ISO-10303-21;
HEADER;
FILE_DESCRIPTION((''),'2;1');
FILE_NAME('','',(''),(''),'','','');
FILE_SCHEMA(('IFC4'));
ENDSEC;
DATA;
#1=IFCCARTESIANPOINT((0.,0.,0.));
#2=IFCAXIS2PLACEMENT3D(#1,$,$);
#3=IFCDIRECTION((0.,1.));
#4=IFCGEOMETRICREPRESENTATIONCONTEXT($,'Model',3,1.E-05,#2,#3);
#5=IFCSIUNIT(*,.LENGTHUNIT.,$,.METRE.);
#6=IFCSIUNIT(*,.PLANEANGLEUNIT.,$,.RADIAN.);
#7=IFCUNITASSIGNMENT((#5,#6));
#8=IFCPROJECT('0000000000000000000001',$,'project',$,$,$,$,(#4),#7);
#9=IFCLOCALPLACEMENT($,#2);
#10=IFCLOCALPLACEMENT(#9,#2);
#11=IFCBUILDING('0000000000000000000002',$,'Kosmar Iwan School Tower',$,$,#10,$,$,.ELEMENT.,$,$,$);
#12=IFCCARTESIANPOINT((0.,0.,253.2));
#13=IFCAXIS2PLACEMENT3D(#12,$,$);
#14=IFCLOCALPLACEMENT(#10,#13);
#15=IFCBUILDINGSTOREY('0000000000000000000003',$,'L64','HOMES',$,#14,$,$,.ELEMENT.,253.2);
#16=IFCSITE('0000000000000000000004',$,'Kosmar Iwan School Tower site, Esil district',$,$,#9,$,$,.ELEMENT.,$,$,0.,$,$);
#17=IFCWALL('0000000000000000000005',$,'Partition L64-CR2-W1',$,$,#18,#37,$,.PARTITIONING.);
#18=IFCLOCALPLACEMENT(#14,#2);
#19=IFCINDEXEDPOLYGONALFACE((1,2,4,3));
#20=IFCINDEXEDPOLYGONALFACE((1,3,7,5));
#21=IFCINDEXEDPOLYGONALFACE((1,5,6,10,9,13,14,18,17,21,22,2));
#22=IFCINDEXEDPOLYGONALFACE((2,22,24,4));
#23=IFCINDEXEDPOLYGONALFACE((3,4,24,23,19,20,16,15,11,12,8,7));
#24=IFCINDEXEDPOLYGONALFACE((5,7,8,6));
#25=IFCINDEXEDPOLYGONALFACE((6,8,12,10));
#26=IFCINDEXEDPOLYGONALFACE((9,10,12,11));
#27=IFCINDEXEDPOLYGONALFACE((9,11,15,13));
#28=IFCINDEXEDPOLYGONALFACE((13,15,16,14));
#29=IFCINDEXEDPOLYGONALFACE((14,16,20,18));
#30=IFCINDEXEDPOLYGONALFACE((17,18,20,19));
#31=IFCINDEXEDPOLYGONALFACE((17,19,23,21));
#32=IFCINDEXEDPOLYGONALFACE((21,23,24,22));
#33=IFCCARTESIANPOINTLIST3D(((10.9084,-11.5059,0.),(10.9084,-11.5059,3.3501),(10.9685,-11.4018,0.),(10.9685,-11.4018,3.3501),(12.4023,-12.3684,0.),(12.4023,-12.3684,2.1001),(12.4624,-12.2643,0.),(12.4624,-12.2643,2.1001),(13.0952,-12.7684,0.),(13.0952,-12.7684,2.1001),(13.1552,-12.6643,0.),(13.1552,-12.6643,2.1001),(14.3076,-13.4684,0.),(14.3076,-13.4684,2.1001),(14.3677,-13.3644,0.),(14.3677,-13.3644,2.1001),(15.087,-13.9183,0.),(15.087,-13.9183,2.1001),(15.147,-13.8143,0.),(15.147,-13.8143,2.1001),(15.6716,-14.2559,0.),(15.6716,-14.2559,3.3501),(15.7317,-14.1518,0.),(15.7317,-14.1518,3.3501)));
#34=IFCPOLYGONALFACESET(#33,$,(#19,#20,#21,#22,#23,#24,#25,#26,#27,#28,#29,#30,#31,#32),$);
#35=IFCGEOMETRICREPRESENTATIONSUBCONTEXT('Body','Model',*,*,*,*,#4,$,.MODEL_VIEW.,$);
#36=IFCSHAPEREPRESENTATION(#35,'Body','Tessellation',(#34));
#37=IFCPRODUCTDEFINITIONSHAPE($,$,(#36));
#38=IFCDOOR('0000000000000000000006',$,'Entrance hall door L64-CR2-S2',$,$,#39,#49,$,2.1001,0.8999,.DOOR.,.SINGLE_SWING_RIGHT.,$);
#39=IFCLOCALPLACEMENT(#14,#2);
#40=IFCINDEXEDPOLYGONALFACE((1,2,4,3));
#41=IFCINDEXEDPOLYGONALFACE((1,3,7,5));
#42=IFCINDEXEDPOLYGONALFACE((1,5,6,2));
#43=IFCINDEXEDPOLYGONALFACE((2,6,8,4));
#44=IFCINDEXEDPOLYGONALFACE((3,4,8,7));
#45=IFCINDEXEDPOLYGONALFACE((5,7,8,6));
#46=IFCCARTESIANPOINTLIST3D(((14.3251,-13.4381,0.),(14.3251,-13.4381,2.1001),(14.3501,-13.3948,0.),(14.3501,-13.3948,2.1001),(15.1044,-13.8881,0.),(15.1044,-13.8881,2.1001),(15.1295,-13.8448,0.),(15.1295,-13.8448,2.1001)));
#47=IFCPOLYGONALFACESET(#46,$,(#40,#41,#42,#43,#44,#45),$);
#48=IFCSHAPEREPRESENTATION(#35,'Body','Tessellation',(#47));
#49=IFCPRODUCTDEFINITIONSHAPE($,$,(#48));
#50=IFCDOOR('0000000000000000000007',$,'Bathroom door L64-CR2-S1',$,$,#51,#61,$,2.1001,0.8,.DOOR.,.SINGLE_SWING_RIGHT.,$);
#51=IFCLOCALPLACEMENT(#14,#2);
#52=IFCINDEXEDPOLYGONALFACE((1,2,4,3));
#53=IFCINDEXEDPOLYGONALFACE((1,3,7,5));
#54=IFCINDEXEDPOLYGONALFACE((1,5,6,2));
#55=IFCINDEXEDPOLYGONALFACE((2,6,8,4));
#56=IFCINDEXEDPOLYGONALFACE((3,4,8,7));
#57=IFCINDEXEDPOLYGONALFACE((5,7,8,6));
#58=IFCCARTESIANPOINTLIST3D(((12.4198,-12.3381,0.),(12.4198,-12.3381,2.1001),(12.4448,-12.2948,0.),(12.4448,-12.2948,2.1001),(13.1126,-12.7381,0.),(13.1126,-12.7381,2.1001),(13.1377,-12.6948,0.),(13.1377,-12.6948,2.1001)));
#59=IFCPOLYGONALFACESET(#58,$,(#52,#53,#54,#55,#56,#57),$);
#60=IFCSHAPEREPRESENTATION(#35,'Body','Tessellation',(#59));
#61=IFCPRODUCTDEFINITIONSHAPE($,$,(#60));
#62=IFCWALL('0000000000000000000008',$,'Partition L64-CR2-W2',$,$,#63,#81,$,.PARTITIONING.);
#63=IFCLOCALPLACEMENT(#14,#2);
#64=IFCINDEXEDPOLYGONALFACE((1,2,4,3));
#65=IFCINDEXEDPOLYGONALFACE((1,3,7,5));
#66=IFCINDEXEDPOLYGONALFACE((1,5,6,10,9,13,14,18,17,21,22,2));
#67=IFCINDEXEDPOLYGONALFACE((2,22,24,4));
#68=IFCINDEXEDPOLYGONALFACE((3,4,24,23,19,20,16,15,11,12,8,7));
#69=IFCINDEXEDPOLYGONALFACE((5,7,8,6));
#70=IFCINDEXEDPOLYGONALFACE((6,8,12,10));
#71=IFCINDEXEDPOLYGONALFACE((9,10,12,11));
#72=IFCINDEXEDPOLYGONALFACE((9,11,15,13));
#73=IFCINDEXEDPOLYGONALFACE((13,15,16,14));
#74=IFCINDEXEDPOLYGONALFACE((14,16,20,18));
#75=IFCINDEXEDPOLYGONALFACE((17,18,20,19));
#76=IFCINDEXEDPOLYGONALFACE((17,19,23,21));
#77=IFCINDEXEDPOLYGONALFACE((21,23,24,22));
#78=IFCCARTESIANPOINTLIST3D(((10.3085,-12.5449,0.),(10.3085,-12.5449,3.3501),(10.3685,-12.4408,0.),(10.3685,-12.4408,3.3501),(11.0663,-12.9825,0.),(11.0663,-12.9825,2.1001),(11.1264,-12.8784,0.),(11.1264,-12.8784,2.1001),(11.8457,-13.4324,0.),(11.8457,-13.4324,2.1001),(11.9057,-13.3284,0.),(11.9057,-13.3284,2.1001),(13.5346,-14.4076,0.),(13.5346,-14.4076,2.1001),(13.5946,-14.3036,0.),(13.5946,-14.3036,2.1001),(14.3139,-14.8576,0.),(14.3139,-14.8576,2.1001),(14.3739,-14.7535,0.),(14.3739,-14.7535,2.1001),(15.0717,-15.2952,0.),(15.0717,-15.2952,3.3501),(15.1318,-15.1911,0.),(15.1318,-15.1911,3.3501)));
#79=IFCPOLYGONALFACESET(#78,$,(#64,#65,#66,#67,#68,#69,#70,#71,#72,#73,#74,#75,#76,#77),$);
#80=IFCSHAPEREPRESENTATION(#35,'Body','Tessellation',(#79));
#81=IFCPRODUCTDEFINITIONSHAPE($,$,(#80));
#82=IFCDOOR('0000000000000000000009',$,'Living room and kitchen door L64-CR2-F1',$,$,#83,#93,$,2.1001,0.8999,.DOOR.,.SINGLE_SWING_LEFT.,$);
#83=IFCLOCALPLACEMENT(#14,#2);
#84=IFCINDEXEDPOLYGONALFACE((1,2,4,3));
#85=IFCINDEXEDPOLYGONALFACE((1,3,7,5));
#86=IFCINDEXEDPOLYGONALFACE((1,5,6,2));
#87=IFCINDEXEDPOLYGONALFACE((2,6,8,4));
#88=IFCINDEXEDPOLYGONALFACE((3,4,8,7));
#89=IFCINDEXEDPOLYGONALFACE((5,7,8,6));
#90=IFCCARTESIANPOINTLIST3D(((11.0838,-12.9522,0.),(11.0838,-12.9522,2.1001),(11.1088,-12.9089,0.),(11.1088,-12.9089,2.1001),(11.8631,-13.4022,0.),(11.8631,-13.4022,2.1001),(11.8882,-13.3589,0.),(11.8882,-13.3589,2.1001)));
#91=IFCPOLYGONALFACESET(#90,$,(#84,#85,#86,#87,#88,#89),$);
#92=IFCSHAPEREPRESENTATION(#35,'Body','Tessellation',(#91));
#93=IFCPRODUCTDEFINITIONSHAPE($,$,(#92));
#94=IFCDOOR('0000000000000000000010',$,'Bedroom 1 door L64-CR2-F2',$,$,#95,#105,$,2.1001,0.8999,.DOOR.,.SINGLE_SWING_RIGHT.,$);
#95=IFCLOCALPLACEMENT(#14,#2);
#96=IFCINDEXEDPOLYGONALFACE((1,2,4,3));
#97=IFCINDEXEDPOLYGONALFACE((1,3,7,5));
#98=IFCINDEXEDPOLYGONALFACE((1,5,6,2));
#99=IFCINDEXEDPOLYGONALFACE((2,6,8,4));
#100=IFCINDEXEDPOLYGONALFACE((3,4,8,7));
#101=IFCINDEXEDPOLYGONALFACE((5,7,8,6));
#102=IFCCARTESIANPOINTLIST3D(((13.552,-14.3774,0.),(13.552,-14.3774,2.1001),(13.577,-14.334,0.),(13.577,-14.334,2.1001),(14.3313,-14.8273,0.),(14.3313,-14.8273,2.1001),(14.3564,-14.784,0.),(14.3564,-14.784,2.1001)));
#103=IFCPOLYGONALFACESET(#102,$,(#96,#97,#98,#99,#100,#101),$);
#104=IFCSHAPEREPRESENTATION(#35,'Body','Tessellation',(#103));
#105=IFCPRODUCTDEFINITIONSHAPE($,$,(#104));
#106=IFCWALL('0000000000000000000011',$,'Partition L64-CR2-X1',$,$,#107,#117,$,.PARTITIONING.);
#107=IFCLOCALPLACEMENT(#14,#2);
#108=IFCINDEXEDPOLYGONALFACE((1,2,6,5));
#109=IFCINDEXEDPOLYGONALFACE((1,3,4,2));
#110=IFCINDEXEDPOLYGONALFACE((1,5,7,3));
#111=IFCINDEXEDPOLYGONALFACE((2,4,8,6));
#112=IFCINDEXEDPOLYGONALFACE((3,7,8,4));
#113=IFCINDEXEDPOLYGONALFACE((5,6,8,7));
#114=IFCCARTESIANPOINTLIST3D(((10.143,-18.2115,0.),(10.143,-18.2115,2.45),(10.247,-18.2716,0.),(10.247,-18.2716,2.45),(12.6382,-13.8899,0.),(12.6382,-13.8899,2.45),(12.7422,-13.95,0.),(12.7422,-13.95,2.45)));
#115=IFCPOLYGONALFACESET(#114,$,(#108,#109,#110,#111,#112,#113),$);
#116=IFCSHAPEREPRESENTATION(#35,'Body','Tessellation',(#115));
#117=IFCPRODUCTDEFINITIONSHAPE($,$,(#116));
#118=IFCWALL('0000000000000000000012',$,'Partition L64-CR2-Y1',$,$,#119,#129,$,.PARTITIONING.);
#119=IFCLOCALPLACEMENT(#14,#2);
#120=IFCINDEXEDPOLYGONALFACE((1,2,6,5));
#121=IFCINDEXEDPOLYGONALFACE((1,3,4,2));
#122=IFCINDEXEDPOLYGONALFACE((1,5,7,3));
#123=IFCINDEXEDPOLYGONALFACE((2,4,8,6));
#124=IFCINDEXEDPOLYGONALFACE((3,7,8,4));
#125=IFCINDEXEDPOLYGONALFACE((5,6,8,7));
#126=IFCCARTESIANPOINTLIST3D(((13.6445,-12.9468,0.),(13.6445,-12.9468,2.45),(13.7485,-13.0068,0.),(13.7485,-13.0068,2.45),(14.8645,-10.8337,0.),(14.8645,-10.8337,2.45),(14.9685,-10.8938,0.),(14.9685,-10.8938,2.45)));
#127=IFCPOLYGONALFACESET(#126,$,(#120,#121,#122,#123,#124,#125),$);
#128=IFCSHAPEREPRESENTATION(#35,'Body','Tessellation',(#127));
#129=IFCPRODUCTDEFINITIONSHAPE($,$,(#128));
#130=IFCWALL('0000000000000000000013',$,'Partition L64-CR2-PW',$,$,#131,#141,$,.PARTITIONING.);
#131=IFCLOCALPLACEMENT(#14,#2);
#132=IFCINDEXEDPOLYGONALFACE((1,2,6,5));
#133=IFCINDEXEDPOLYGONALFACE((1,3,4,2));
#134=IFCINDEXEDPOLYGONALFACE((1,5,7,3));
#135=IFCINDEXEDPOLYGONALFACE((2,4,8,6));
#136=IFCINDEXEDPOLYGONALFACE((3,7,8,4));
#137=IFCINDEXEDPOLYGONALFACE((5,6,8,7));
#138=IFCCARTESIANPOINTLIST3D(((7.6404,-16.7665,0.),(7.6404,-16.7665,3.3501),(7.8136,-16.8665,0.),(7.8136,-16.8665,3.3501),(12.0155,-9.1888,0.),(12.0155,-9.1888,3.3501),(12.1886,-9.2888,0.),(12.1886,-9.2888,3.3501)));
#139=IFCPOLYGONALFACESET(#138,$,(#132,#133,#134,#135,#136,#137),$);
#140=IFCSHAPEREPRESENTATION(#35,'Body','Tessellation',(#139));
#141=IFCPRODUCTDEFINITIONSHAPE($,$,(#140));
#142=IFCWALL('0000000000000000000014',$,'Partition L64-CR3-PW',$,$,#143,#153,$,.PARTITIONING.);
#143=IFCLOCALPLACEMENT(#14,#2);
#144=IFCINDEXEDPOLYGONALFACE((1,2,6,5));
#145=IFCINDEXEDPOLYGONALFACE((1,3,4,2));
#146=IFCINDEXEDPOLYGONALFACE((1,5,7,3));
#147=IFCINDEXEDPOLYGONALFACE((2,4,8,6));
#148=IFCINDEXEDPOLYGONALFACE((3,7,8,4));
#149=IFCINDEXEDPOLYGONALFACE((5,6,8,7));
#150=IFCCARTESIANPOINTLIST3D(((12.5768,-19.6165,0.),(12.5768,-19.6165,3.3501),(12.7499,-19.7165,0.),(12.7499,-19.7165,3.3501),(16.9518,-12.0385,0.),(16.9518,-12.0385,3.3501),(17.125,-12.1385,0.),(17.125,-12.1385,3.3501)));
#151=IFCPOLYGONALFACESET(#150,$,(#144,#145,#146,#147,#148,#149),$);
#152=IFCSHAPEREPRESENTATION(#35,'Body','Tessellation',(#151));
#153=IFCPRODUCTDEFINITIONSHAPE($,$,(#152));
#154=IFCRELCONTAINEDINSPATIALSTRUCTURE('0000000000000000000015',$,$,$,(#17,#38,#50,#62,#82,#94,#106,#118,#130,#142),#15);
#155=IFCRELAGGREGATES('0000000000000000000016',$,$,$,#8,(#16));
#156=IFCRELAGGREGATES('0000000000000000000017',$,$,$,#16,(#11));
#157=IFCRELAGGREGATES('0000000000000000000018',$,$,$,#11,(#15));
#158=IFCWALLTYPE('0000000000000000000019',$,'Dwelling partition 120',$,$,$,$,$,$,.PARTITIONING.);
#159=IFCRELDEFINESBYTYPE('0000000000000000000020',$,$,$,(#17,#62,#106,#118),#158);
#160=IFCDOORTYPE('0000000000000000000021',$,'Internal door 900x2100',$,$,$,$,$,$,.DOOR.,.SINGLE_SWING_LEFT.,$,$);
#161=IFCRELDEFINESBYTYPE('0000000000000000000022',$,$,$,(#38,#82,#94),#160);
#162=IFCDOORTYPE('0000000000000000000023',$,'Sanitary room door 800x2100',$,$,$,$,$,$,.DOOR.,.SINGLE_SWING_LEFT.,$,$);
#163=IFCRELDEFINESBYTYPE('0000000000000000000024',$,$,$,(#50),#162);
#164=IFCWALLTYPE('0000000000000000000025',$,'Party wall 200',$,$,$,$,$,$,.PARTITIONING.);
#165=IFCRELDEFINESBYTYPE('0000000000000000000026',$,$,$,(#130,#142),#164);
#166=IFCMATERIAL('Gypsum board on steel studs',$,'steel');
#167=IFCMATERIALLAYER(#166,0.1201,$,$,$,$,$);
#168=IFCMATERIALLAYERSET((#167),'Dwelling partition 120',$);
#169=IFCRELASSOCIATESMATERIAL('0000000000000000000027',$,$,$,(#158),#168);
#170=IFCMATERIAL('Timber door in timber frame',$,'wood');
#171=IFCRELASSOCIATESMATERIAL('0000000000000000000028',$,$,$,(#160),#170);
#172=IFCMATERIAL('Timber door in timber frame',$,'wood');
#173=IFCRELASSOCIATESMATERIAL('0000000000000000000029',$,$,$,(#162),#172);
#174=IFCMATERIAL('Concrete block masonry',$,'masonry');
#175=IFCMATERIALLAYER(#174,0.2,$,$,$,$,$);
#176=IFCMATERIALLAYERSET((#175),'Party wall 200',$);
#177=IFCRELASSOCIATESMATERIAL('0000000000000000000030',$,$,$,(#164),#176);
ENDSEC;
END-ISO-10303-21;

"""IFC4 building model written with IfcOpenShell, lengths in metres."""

from ifc_helpers import new_model, si_unit, direction, frame, frame_2d, origin, place, context, subcontext, project, spatial, rectangle, extrude, material, layer, layer_set, type_object, element, fill, save


model = new_model("IFC4")

# Units and contexts
model_context = context("Model", 3, precision=1e-05, world=origin(), true_north=direction((0.0, 1.0)))
body_context = subcontext(model_context, "Body", "Model", "MODEL_VIEW")
ifc_project = project(units=[si_unit("LENGTHUNIT", "METRE"), si_unit("PLANEANGLEUNIT", "RADIAN")], contexts=[model_context])

# Site, building, storey
site_placement = place(None, origin())
site = spatial("IfcSite", under=ifc_project, at=site_placement, Name="Kosmar Iwan School Tower site, Esil district", CompositionType="ELEMENT", RefElevation=0.0)
building_placement = place(site_placement, origin())
building = spatial("IfcBuilding", under=site, at=building_placement, Name="Kosmar Iwan School Tower", CompositionType="ELEMENT")
storey_placement = place(building_placement, frame((0.0, 0.0, 253.2)))
storey = spatial("IfcBuildingStorey", under=building, at=storey_placement, Name="L64", Description="HOMES", CompositionType="ELEMENT", Elevation=253.2)

# Shared definitions
ifc_material_1 = material(Name="Gypsum board on steel studs", Category="steel")
ifc_layer_1 = layer(ifc_material_1, 0.1201)
ifc_layer_set_1 = layer_set([ifc_layer_1], Name="Dwelling partition 120")
wall_type_1 = type_object("IfcWallType", Name="Dwelling partition 120", PredefinedType="PARTITIONING", material=ifc_layer_set_1)
ifc_material_2 = material(Name="Timber door in timber frame", Category="wood")
door_type_1 = type_object("IfcDoorType", Name="Internal door 900x2100", OperationType="SINGLE_SWING_LEFT", PredefinedType="DOOR", material=ifc_material_2)
ifc_material_3 = material(Name="Timber door in timber frame", Category="wood")
door_type_2 = type_object("IfcDoorType", Name="Sanitary room door 800x2100", OperationType="SINGLE_SWING_LEFT", PredefinedType="DOOR", material=ifc_material_3)

# Walls, openings, doors
wall_1_placement = place(storey_placement, frame((10.9385, -11.4539, 0.0), z_axis=(0.0, 0.0, 1.0), x_axis=(0.866027, -0.499997, 0.0)))
wall_1 = element("IfcWall", 1, at=wall_1_placement, inside=storey, type_object=wall_type_1, Name="Partition L64-CR2-W1", PredefinedType="PARTITIONING", context=body_context, shape_type="SweptSolid", body=[
    extrude(rectangle(XDim=5.5, YDim=0.1201, at=frame_2d((2.75, 0.0))), origin(), (0.0, 0.0, 1.0), 3.3501),
])
opening_1_placement = place(wall_1_placement, frame((1.7251, 0.0, 0.0)))
opening_1 = element("IfcOpeningElement", 2, at=opening_1_placement, cuts=wall_1, PredefinedType="OPENING", context=body_context, shape_type="SweptSolid", body=[
    extrude(rectangle(XDim=0.8, YDim=2.1001, at=frame_2d((0.3999, 1.05))), frame((0.0, 0.072, 0.0), z_axis=(0.0, -1.0, 0.0), x_axis=(1.0, 0.0, 0.0)), (0.0, 0.0, 1.0), 0.144),
])
opening_2_placement = place(wall_1_placement, frame((3.925, 0.0, 0.0)))
opening_2 = element("IfcOpeningElement", 3, at=opening_2_placement, cuts=wall_1, PredefinedType="OPENING", context=body_context, shape_type="SweptSolid", body=[
    extrude(rectangle(XDim=0.8999, YDim=2.1001, at=frame_2d((0.45, 1.05))), frame((0.0, 0.072, 0.0), z_axis=(0.0, -1.0, 0.0), x_axis=(1.0, 0.0, 0.0)), (0.0, 0.0, 1.0), 0.144),
])
door_1_placement = place(opening_2_placement, origin())
door_1 = element("IfcDoor", 4, at=door_1_placement, inside=storey, type_object=door_type_1, Name="Entrance hall door L64-CR2-S2", OperationType="SINGLE_SWING_RIGHT", OverallHeight=2.1001, OverallWidth=0.8999, PredefinedType="DOOR", context=body_context, shape_type="SweptSolid", body=[
    extrude(rectangle(XDim=0.8999, YDim=2.1001, at=frame_2d((0.45, 1.05))), frame((0.0, 0.0249, 0.0), z_axis=(0.0, -1.0, 0.0), x_axis=(1.0, 0.0, 0.0)), (0.0, 0.0, 1.0), 0.05),
])
fill(opening_2, door_1)
door_2_placement = place(opening_1_placement, origin())
door_2 = element("IfcDoor", 5, at=door_2_placement, inside=storey, type_object=door_type_2, Name="Bathroom door L64-CR2-S1", OperationType="SINGLE_SWING_RIGHT", OverallHeight=2.1001, OverallWidth=0.8, PredefinedType="DOOR", context=body_context, shape_type="SweptSolid", body=[
    extrude(rectangle(XDim=0.8, YDim=2.1001, at=frame_2d((0.3999, 1.05))), frame((0.0, 0.0249, 0.0), z_axis=(0.0, -1.0, 0.0), x_axis=(1.0, 0.0, 0.0)), (0.0, 0.0, 1.0), 0.05),
])
fill(opening_1, door_2)
wall_2_placement = place(storey_placement, frame((10.3386, -12.4929, 0.0), z_axis=(0.0, 0.0, 1.0), x_axis=(0.866008, -0.50003, 0.0)))
wall_2 = element("IfcWall", 6, at=wall_2_placement, inside=storey, type_object=wall_type_1, Name="Partition L64-CR2-W2", PredefinedType="PARTITIONING", context=body_context, shape_type="SweptSolid", body=[
    extrude(rectangle(XDim=5.5002, YDim=0.1201, at=frame_2d((2.75, 0.0))), origin(), (0.0, 0.0, 1.0), 3.3501),
])
opening_3_placement = place(wall_2_placement, frame((0.875, 0.0, 0.0)))
opening_3 = element("IfcOpeningElement", 7, at=opening_3_placement, cuts=wall_2, PredefinedType="OPENING", context=body_context, shape_type="SweptSolid", body=[
    extrude(rectangle(XDim=0.8999, YDim=2.1001, at=frame_2d((0.45, 1.05))), frame((0.0, 0.072, 0.0), z_axis=(0.0, -1.0, 0.0), x_axis=(1.0, 0.0, 0.0)), (0.0, 0.0, 1.0), 0.144),
])
opening_4_placement = place(wall_2_placement, frame((3.7251, 0.0, 0.0)))
opening_4 = element("IfcOpeningElement", 8, at=opening_4_placement, cuts=wall_2, PredefinedType="OPENING", context=body_context, shape_type="SweptSolid", body=[
    extrude(rectangle(XDim=0.8999, YDim=2.1001, at=frame_2d((0.45, 1.05))), frame((0.0, 0.072, 0.0), z_axis=(0.0, -1.0, 0.0), x_axis=(1.0, 0.0, 0.0)), (0.0, 0.0, 1.0), 0.144),
])
door_3_placement = place(opening_3_placement, origin())
door_3 = element("IfcDoor", 9, at=door_3_placement, inside=storey, type_object=door_type_1, Name="Living room and kitchen door L64-CR2-F1", OperationType="SINGLE_SWING_LEFT", OverallHeight=2.1001, OverallWidth=0.8999, PredefinedType="DOOR", context=body_context, shape_type="SweptSolid", body=[
    extrude(rectangle(XDim=0.8999, YDim=2.1001, at=frame_2d((0.45, 1.05))), frame((0.0, 0.0249, 0.0), z_axis=(0.0, -1.0, 0.0), x_axis=(1.0, 0.0, 0.0)), (0.0, 0.0, 1.0), 0.05),
])
fill(opening_3, door_3)
door_4_placement = place(opening_4_placement, origin())
door_4 = element("IfcDoor", 10, at=door_4_placement, inside=storey, type_object=door_type_1, Name="Bedroom 1 door L64-CR2-F2", OperationType="SINGLE_SWING_RIGHT", OverallHeight=2.1001, OverallWidth=0.8999, PredefinedType="DOOR", context=body_context, shape_type="SweptSolid", body=[
    extrude(rectangle(XDim=0.8999, YDim=2.1001, at=frame_2d((0.45, 1.05))), frame((0.0, 0.0249, 0.0), z_axis=(0.0, -1.0, 0.0), x_axis=(1.0, 0.0, 0.0)), (0.0, 0.0, 1.0), 0.05),
])
fill(opening_4, door_4)

# Walls
wall_3_placement = place(storey_placement, frame((12.6902, -13.9199, 0.0), z_axis=(0.0, 0.0, 1.0), x_axis=(-0.500012, -0.866019, 0.0)))
element("IfcWall", 11, at=wall_3_placement, inside=storey, type_object=wall_type_1, Name="Partition L64-CR2-X1", PredefinedType="PARTITIONING", context=body_context, shape_type="SweptSolid", body=[
    extrude(rectangle(XDim=4.9902, YDim=0.1201, at=frame_2d((2.4951, 0.0))), origin(), (0.0, 0.0, 1.0), 2.45),
])
wall_4_placement = place(storey_placement, frame((14.9165, -10.8638, 0.0), z_axis=(0.0, 0.0, 1.0), x_axis=(-0.500003, -0.866024, 0.0)))
element("IfcWall", 12, at=wall_4_placement, inside=storey, type_object=wall_type_1, Name="Partition L64-CR2-Y1", PredefinedType="PARTITIONING", context=body_context, shape_type="SweptSolid", body=[
    extrude(rectangle(XDim=2.4399, YDim=0.1201, at=frame_2d((1.22, 0.0))), origin(), (0.0, 0.0, 1.0), 2.45),
])
ifc_material_4 = material(Name="Concrete block masonry", Category="masonry")
ifc_layer_2 = layer(ifc_material_4, 0.2)
ifc_layer_set_2 = layer_set([ifc_layer_2], Name="Party wall 200")
wall_type_2 = type_object("IfcWallType", Name="Party wall 200", PredefinedType="PARTITIONING", material=ifc_layer_set_2)
wall_5_placement = place(storey_placement, frame((12.1021, -9.2388, 0.0), z_axis=(0.0, 0.0, 1.0), x_axis=(-0.500004, -0.866023, 0.0)))
element("IfcWall", 13, at=wall_5_placement, inside=storey, type_object=wall_type_2, Name="Partition L64-CR2-PW", PredefinedType="PARTITIONING", context=body_context, shape_type="SweptSolid", body=[
    extrude(rectangle(XDim=8.75, YDim=0.2, at=frame_2d((4.375, 0.0))), origin(), (0.0, 0.0, 1.0), 3.3501),
])
wall_6_placement = place(storey_placement, frame((17.0383, -12.0886, 0.0), z_axis=(0.0, 0.0, 1.0), x_axis=(-0.499992, -0.86603, 0.0)))
element("IfcWall", 14, at=wall_6_placement, inside=storey, type_object=wall_type_2, Name="Partition L64-CR3-PW", PredefinedType="PARTITIONING", context=body_context, shape_type="SweptSolid", body=[
    extrude(rectangle(XDim=8.7502, YDim=0.2, at=frame_2d((4.375, 0.0))), origin(), (0.0, 0.0, 1.0), 3.3501),
])

save(model, "model.ifc")
